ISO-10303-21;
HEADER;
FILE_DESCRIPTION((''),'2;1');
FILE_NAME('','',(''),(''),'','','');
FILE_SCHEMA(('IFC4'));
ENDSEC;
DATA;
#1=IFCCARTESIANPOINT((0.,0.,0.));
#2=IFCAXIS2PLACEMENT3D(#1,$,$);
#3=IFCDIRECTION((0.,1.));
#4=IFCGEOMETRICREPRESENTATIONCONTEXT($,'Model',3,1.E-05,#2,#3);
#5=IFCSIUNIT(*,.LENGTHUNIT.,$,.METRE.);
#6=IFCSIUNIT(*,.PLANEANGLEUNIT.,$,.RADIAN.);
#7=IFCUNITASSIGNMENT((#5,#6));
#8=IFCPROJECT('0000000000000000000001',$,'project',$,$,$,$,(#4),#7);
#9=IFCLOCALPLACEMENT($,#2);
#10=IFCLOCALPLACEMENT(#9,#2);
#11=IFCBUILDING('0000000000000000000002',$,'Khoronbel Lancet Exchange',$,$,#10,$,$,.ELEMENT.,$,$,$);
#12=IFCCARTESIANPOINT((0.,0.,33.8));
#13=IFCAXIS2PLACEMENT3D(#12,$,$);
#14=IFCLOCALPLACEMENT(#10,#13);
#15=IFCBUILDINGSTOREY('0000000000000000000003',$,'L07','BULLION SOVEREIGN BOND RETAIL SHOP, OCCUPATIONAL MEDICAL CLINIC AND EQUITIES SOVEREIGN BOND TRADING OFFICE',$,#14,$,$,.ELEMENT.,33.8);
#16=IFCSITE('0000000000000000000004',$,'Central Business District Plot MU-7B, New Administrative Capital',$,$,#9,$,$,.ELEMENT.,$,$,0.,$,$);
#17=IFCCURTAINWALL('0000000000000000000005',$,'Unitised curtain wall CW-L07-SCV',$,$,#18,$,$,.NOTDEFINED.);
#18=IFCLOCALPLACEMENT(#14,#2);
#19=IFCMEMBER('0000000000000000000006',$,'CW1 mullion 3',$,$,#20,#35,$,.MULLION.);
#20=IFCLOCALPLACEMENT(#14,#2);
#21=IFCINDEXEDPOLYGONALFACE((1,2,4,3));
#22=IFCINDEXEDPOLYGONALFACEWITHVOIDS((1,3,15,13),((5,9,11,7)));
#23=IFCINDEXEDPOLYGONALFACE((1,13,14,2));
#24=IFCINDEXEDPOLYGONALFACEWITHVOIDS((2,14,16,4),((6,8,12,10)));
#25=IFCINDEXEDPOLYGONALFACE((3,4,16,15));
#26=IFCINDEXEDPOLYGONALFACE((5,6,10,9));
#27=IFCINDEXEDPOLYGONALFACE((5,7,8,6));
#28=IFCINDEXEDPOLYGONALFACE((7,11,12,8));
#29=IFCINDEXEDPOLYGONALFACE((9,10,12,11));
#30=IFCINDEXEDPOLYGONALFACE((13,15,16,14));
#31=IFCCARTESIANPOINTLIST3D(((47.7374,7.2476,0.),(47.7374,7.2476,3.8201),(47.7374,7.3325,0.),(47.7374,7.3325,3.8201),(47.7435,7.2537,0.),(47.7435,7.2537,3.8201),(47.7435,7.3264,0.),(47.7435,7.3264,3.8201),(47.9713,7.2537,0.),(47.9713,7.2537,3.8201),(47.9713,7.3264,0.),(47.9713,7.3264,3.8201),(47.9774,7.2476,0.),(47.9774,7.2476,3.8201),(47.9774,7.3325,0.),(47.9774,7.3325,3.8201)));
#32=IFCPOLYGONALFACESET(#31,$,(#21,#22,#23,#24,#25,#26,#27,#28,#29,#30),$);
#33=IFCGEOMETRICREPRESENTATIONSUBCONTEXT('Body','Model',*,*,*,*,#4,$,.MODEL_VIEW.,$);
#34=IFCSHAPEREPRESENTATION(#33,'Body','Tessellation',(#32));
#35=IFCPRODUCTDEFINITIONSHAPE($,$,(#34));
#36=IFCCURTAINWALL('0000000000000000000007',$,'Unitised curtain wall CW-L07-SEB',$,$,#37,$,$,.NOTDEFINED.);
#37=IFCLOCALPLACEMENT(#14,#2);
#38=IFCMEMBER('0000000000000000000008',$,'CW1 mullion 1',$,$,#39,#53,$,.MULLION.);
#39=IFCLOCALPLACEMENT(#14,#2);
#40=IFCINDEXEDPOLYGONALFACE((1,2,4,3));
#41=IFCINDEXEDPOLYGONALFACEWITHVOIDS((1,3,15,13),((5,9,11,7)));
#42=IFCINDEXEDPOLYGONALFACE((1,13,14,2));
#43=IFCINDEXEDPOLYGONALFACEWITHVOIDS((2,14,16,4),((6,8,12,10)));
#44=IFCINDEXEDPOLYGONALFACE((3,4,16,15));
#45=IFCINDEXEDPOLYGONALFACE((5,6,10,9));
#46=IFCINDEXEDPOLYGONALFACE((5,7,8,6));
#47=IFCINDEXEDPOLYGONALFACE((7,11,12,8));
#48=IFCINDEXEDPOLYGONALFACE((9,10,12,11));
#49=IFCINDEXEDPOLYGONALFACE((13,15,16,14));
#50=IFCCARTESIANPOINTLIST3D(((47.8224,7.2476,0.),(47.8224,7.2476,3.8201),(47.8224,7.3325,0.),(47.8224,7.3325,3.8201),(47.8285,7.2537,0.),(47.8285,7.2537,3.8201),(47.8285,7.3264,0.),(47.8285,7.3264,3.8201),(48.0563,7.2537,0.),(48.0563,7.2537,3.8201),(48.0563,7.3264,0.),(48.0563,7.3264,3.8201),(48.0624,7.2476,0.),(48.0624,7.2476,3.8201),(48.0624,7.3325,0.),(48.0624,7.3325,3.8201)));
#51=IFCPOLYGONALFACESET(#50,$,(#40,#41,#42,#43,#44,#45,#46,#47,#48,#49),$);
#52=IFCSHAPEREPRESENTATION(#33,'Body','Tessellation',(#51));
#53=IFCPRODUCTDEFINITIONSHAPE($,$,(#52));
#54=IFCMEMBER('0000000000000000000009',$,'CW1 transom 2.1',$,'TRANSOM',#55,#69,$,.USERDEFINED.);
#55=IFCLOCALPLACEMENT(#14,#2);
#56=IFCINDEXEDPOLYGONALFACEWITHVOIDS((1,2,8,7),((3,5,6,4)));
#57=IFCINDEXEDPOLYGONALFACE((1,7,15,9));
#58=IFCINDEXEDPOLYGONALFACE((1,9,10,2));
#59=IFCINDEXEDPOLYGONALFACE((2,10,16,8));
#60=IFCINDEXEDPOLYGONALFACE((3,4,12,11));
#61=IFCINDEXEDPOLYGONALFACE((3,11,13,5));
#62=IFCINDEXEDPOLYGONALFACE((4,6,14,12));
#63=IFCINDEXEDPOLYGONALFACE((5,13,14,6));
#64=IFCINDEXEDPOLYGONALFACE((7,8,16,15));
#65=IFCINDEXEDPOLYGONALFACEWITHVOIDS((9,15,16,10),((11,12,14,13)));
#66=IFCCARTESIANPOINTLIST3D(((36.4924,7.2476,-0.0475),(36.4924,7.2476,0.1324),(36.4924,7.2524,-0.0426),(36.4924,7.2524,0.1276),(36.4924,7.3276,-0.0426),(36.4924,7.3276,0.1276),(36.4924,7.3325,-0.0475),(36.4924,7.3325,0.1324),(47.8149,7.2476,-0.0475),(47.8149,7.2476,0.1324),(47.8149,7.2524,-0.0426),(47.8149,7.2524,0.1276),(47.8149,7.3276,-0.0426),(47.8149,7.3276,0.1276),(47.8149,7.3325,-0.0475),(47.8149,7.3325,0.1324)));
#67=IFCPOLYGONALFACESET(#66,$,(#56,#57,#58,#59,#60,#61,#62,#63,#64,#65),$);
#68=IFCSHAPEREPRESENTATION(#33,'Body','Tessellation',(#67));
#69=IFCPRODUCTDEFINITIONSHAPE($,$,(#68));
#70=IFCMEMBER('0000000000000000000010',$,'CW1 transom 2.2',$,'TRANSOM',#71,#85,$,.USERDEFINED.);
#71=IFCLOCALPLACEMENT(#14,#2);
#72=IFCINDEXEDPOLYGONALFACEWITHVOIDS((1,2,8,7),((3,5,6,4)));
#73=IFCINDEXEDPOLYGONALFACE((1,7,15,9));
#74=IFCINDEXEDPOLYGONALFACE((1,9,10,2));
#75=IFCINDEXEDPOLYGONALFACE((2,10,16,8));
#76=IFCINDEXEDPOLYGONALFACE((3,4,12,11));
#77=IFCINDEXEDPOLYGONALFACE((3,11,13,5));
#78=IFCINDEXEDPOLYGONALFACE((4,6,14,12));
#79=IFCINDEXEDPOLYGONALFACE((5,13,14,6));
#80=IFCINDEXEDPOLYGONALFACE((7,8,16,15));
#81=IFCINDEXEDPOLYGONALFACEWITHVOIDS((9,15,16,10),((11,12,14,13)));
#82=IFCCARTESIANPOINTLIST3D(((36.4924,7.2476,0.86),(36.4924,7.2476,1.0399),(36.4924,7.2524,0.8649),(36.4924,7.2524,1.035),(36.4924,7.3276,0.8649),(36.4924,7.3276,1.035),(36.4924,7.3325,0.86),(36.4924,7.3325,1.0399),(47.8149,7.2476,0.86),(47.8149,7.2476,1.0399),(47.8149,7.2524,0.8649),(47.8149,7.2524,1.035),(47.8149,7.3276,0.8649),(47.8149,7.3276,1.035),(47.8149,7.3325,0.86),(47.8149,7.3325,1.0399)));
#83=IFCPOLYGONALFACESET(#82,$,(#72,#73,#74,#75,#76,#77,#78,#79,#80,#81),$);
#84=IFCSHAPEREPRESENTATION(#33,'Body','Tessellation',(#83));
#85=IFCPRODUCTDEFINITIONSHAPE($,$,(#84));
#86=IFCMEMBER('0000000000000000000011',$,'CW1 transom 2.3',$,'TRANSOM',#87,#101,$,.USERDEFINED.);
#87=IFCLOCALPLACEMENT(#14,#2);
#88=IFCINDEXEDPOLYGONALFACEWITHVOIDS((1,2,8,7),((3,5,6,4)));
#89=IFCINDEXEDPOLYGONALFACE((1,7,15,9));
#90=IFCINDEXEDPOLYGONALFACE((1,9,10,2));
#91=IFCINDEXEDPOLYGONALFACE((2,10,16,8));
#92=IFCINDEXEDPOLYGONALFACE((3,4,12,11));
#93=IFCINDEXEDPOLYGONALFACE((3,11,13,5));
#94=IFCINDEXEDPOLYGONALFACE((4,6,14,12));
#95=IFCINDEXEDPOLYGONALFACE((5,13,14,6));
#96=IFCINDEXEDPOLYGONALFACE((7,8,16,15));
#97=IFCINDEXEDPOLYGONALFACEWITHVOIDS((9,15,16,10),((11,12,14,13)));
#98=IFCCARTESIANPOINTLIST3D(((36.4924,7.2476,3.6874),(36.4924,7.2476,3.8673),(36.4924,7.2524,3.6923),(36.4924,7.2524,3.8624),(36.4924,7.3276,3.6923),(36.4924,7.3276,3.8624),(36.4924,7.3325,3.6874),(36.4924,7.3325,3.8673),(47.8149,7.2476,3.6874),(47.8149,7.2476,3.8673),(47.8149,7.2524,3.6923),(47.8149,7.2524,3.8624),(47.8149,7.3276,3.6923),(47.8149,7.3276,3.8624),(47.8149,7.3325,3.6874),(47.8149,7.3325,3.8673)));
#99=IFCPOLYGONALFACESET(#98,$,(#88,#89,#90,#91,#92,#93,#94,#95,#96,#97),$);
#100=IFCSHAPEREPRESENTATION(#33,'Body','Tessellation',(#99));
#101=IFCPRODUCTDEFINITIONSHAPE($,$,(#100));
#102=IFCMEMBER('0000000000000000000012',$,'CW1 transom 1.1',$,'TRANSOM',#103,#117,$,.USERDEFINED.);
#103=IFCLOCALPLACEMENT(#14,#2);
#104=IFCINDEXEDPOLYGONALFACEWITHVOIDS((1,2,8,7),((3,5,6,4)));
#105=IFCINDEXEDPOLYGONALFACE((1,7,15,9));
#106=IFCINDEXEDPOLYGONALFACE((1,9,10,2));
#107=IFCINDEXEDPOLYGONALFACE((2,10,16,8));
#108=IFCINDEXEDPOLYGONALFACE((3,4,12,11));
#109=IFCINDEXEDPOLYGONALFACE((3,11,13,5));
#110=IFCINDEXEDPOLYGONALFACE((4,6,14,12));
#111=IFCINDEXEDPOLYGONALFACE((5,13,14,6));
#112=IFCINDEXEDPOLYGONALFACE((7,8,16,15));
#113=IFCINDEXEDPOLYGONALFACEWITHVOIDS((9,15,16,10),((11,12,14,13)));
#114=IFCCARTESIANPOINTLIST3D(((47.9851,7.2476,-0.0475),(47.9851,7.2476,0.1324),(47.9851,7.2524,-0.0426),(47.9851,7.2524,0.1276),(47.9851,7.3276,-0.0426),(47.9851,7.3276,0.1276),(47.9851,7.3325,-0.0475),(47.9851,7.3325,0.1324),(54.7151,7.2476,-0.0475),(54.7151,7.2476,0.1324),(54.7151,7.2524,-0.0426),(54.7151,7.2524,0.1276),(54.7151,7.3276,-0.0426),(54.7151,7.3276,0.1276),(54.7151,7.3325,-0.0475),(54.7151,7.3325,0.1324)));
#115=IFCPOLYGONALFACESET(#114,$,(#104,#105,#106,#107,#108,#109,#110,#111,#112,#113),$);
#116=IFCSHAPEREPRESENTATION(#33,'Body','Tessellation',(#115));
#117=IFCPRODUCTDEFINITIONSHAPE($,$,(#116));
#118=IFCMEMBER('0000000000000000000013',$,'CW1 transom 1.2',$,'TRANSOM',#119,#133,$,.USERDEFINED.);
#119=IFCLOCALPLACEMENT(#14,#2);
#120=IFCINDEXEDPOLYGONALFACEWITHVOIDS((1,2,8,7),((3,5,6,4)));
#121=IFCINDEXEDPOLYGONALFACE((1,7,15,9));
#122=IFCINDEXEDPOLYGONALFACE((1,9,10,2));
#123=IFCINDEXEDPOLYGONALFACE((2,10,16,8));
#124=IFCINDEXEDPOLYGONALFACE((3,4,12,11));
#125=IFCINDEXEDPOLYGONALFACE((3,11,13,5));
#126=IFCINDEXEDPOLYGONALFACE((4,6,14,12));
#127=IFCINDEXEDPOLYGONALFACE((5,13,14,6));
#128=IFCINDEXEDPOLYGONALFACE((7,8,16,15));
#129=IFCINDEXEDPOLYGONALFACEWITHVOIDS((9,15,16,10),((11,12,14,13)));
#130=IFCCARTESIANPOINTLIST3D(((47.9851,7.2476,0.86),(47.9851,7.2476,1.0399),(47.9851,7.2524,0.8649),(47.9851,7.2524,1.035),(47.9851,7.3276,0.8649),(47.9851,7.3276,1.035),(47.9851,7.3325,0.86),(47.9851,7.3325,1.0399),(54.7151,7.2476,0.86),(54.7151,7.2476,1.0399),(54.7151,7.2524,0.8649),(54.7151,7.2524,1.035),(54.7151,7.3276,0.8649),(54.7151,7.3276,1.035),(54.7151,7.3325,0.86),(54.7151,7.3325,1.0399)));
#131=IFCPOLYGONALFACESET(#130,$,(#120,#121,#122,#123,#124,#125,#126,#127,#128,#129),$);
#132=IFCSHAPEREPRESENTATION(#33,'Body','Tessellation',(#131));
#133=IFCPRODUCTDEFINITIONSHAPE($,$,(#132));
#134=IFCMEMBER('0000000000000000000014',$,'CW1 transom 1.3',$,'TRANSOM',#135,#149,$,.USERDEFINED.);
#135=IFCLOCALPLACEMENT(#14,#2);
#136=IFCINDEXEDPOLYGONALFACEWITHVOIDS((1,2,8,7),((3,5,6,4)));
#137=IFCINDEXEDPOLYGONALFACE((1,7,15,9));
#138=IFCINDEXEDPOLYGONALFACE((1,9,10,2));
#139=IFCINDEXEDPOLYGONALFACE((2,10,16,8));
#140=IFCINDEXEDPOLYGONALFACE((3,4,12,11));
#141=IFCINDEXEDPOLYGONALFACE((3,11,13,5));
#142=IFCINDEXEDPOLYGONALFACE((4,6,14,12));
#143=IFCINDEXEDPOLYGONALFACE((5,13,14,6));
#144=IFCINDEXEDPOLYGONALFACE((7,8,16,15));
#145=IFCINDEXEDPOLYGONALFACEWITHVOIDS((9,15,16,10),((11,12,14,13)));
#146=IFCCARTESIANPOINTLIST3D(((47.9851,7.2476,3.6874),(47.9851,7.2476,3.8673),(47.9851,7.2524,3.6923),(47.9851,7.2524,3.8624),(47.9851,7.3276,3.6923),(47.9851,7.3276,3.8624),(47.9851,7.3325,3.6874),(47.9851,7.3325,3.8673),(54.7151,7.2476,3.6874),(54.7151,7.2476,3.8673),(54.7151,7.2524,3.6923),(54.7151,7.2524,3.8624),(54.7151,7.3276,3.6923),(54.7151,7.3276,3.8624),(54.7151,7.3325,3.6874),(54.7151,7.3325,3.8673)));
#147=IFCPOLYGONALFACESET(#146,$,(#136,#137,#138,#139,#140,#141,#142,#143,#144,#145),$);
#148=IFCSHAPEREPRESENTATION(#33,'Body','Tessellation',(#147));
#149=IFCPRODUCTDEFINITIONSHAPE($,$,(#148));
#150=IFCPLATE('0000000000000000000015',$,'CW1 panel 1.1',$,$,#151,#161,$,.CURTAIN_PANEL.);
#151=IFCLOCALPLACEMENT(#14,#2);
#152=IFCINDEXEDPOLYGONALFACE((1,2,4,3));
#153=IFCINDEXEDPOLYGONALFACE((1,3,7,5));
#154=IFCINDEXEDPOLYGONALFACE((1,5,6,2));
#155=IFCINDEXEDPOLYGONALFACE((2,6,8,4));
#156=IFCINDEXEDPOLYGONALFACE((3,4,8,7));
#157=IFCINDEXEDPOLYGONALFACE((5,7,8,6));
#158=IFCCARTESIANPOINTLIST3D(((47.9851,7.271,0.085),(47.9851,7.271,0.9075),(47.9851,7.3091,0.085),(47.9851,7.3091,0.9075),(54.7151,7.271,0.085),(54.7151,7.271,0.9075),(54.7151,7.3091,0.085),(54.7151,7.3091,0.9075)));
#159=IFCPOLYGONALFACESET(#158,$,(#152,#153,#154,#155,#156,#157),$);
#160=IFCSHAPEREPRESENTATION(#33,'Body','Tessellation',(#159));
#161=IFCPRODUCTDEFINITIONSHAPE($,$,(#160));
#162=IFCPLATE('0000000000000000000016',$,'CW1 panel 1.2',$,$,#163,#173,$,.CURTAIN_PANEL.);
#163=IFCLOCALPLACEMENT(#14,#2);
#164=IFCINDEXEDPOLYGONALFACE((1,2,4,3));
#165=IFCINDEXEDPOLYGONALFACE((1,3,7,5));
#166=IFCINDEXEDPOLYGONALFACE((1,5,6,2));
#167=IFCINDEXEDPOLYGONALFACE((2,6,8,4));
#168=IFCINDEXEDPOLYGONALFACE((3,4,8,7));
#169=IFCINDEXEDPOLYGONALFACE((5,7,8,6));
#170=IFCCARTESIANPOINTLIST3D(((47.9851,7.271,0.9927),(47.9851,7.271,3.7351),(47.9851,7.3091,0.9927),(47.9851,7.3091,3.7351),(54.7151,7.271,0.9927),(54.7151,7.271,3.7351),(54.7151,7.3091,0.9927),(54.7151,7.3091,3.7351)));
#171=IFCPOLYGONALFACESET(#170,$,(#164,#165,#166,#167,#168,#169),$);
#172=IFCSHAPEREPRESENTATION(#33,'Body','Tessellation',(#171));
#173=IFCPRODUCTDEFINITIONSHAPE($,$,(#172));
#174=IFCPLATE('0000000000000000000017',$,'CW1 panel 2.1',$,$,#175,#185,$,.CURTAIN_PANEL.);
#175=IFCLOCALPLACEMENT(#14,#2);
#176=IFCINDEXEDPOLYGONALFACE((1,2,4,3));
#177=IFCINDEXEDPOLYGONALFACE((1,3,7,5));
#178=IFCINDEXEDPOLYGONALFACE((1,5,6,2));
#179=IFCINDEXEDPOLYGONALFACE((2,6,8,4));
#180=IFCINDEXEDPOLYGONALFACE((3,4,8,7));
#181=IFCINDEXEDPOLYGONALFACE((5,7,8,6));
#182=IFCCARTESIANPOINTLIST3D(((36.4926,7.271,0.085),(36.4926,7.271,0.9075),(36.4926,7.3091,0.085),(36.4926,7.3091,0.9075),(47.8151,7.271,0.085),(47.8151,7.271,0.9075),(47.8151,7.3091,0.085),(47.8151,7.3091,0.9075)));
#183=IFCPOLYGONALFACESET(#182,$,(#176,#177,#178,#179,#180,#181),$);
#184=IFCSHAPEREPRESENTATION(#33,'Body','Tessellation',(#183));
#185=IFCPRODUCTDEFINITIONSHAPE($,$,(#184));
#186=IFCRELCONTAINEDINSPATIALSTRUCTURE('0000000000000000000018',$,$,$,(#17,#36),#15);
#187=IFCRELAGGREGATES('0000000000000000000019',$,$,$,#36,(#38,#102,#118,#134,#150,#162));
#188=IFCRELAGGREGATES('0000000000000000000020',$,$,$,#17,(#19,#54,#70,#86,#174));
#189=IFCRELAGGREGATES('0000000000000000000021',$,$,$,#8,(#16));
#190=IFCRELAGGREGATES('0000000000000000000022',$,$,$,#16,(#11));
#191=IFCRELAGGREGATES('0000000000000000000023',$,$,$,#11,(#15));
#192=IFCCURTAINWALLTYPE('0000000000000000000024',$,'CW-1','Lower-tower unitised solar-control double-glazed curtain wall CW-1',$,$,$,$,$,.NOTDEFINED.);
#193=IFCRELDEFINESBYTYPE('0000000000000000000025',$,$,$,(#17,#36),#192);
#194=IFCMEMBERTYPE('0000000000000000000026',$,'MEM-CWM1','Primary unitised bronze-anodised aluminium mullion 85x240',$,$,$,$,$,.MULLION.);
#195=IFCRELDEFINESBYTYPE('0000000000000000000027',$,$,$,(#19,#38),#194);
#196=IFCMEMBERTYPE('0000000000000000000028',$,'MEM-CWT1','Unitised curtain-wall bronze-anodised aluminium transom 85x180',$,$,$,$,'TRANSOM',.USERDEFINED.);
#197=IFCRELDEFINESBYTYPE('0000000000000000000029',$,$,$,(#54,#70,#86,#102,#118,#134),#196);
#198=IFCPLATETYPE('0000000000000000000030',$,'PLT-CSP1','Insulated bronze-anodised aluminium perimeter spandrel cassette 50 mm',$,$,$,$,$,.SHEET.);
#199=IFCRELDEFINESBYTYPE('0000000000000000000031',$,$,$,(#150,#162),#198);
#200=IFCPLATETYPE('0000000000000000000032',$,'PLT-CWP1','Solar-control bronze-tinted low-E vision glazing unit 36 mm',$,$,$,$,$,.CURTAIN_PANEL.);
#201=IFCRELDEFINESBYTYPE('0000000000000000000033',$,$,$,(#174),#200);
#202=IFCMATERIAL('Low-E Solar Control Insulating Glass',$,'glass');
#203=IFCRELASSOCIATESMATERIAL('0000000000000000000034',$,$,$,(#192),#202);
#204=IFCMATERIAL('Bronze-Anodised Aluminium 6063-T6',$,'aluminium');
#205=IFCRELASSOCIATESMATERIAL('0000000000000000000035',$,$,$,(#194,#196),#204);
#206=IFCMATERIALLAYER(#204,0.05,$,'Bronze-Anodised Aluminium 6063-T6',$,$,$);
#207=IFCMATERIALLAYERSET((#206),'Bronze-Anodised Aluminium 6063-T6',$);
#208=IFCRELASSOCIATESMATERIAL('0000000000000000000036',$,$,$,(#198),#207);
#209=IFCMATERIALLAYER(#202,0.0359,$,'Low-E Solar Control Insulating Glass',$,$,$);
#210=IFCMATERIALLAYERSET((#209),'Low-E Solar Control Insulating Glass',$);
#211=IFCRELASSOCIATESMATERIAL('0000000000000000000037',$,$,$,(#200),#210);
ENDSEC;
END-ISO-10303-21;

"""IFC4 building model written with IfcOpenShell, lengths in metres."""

from ifc_helpers import new_model, si_unit, direction, frame, origin, origin_2d, place, context, subcontext, project, spatial, rectangle, hollow_rectangle, extrude, material, layer, layer_set, material_profile, profile_set, type_object, element, aggregate, save


model = new_model("IFC4")

# Units and contexts
model_context = context("Model", 3, precision=1e-05, world=origin(), true_north=direction((0.0, 1.0)))
body_context = subcontext(model_context, "Body", "Model", "MODEL_VIEW")
ifc_project = project(units=[si_unit("LENGTHUNIT", "METRE"), si_unit("PLANEANGLEUNIT", "RADIAN")], contexts=[model_context])

# Site, building, storey
site_placement = place(None, origin())
site = spatial("IfcSite", under=ifc_project, at=site_placement, Name="Central Business District Plot MU-7B, New Administrative Capital", CompositionType="ELEMENT", RefElevation=0.0)
building_placement = place(site_placement, origin())
building = spatial("IfcBuilding", under=site, at=building_placement, Name="Khoronbel Lancet Exchange", CompositionType="ELEMENT")
storey_placement = place(building_placement, frame((0.0, 0.0, 33.8)))
storey = spatial("IfcBuildingStorey", under=building, at=storey_placement, Name="L07", Description="BULLION SOVEREIGN BOND RETAIL SHOP, OCCUPATIONAL MEDICAL CLINIC AND EQUITIES SOVEREIGN BOND TRADING OFFICE", CompositionType="ELEMENT", Elevation=33.8)

# Curtain wall, member
ifc_material_1 = material(Name="Low-E Solar Control Insulating Glass", Category="glass")
curtain_wall_type = type_object("IfcCurtainWallType", Name="CW-1", Description="Lower-tower unitised solar-control double-glazed curtain wall CW-1", PredefinedType="NOTDEFINED", material=ifc_material_1)
curtain_wall_1_placement = place(storey_placement, origin())
curtain_wall_1 = element("IfcCurtainWall", 1, at=curtain_wall_1_placement, inside=storey, type_object=curtain_wall_type, Name="Unitised curtain wall CW-L07-SCV", PredefinedType="NOTDEFINED")
ifc_material_2 = material(Name="Bronze-Anodised Aluminium 6063-T6", Category="aluminium")
ifc_material_profile_1 = material_profile(ifc_material_2, hollow_rectangle(XDim=0.085, YDim=0.24, WallThickness=0.0061, at=origin_2d()), Name="ALU MULLION 85x240")
ifc_profile_set_1 = profile_set([ifc_material_profile_1], Name="Bronze-Anodised Aluminium 6063-T6")
member_type_1 = type_object("IfcMemberType", Name="MEM-CWM1", Description="Primary unitised bronze-anodised aluminium mullion 85x240", PredefinedType="MULLION", material=ifc_profile_set_1)
member_1_placement = place(storey_placement, frame((47.8574, 7.29, 0.0), z_axis=(0.0, 0.0, 1.0), x_axis=(0.0, 1.0, 0.0)))
member_1 = element("IfcMember", 2, at=member_1_placement, type_object=member_type_1, Name="CW1 mullion 3", PredefinedType="MULLION", context=body_context, shape_type="SweptSolid", body=[
    extrude(hollow_rectangle(XDim=0.085, YDim=0.24, WallThickness=0.0061, at=origin_2d()), origin(), (0.0, 0.0, 1.0), 3.8201),
])

# Curtain wall, member
curtain_wall_2_placement = place(storey_placement, origin())
curtain_wall_2 = element("IfcCurtainWall", 3, at=curtain_wall_2_placement, inside=storey, type_object=curtain_wall_type, Name="Unitised curtain wall CW-L07-SEB", PredefinedType="NOTDEFINED")
member_2_placement = place(storey_placement, frame((47.9424, 7.29, 0.0), z_axis=(0.0, 0.0, 1.0), x_axis=(0.0, 1.0, 0.0)))
member_2 = element("IfcMember", 4, at=member_2_placement, type_object=member_type_1, Name="CW1 mullion 1", PredefinedType="MULLION", context=body_context, shape_type="SweptSolid", body=[
    extrude(hollow_rectangle(XDim=0.085, YDim=0.24, WallThickness=0.0061, at=origin_2d()), origin(), (0.0, 0.0, 1.0), 3.8201),
])

# Members
ifc_material_profile_2 = material_profile(ifc_material_2, hollow_rectangle(XDim=0.085, YDim=0.1799, WallThickness=0.0049, at=origin_2d()), Name="ALU TRANSOM 85x180")
ifc_profile_set_2 = profile_set([ifc_material_profile_2], Name="Bronze-Anodised Aluminium 6063-T6")
member_type_2 = type_object("IfcMemberType", Name="MEM-CWT1", Description="Unitised curtain-wall bronze-anodised aluminium transom 85x180", ElementType="TRANSOM", PredefinedType="USERDEFINED", material=ifc_profile_set_2)
member_3_placement = place(storey_placement, frame((36.4924, 7.29, 0.0425), z_axis=(1.0, 0.0, 0.0), x_axis=(0.0, 1.0, 0.0)))
member_3 = element("IfcMember", 5, at=member_3_placement, type_object=member_type_2, Name="CW1 transom 2.1", ObjectType="TRANSOM", PredefinedType="USERDEFINED", context=body_context, shape_type="SweptSolid", body=[
    extrude(hollow_rectangle(XDim=0.085, YDim=0.1799, WallThickness=0.0049, at=origin_2d()), origin(), (0.0, 0.0, 1.0), 11.3225),
])
member_4_placement = place(storey_placement, frame((36.4924, 7.29, 0.95), z_axis=(1.0, 0.0, 0.0), x_axis=(0.0, 1.0, 0.0)))
member_4 = element("IfcMember", 6, at=member_4_placement, type_object=member_type_2, Name="CW1 transom 2.2", ObjectType="TRANSOM", PredefinedType="USERDEFINED", context=body_context, shape_type="SweptSolid", body=[
    extrude(hollow_rectangle(XDim=0.085, YDim=0.1799, WallThickness=0.0049, at=origin_2d()), origin(), (0.0, 0.0, 1.0), 11.3225),
])
member_5_placement = place(storey_placement, frame((36.4924, 7.29, 3.7773), z_axis=(1.0, 0.0, 0.0), x_axis=(0.0, 1.0, 0.0)))
member_5 = element("IfcMember", 7, at=member_5_placement, type_object=member_type_2, Name="CW1 transom 2.3", ObjectType="TRANSOM", PredefinedType="USERDEFINED", context=body_context, shape_type="SweptSolid", body=[
    extrude(hollow_rectangle(XDim=0.085, YDim=0.1799, WallThickness=0.0049, at=origin_2d()), origin(), (0.0, 0.0, 1.0), 11.3225),
])
member_6_placement = place(storey_placement, frame((47.9851, 7.29, 0.0425), z_axis=(1.0, 0.0, 0.0), x_axis=(0.0, 1.0, 0.0)))
member_6 = element("IfcMember", 8, at=member_6_placement, type_object=member_type_2, Name="CW1 transom 1.1", ObjectType="TRANSOM", PredefinedType="USERDEFINED", context=body_context, shape_type="SweptSolid", body=[
    extrude(hollow_rectangle(XDim=0.085, YDim=0.1799, WallThickness=0.0049, at=origin_2d()), origin(), (0.0, 0.0, 1.0), 6.73),
])
member_7_placement = place(storey_placement, frame((47.9851, 7.29, 0.95), z_axis=(1.0, 0.0, 0.0), x_axis=(0.0, 1.0, 0.0)))
member_7 = element("IfcMember", 9, at=member_7_placement, type_object=member_type_2, Name="CW1 transom 1.2", ObjectType="TRANSOM", PredefinedType="USERDEFINED", context=body_context, shape_type="SweptSolid", body=[
    extrude(hollow_rectangle(XDim=0.085, YDim=0.1799, WallThickness=0.0049, at=origin_2d()), origin(), (0.0, 0.0, 1.0), 6.73),
])
member_8_placement = place(storey_placement, frame((47.9851, 7.29, 3.7773), z_axis=(1.0, 0.0, 0.0), x_axis=(0.0, 1.0, 0.0)))
member_8 = element("IfcMember", 10, at=member_8_placement, type_object=member_type_2, Name="CW1 transom 1.3", ObjectType="TRANSOM", PredefinedType="USERDEFINED", context=body_context, shape_type="SweptSolid", body=[
    extrude(hollow_rectangle(XDim=0.085, YDim=0.1799, WallThickness=0.0049, at=origin_2d()), origin(), (0.0, 0.0, 1.0), 6.73),
])

# Plates
ifc_layer_1 = layer(ifc_material_2, 0.05, Name="Bronze-Anodised Aluminium 6063-T6")
ifc_layer_set_1 = layer_set([ifc_layer_1], Name="Bronze-Anodised Aluminium 6063-T6")
plate_type_1 = type_object("IfcPlateType", Name="PLT-CSP1", Description="Insulated bronze-anodised aluminium perimeter spandrel cassette 50 mm", PredefinedType="SHEET", material=ifc_layer_set_1)
plate_1_placement = place(storey_placement, frame((51.3501, 7.29, 0.085), z_axis=(0.0, 0.0, 1.0), x_axis=(1.0, 0.0, 0.0)))
plate_1 = element("IfcPlate", 11, at=plate_1_placement, type_object=plate_type_1, Name="CW1 panel 1.1", PredefinedType="CURTAIN_PANEL", context=body_context, shape_type="SweptSolid", body=[
    extrude(rectangle(XDim=6.73, YDim=0.0381, at=origin_2d()), origin(), (0.0, 0.0, 1.0), 0.8225),
])
plate_2_placement = place(storey_placement, frame((51.3501, 7.29, 0.9927), z_axis=(0.0, 0.0, 1.0), x_axis=(1.0, 0.0, 0.0)))
plate_2 = element("IfcPlate", 12, at=plate_2_placement, type_object=plate_type_1, Name="CW1 panel 1.2", PredefinedType="CURTAIN_PANEL", context=body_context, shape_type="SweptSolid", body=[
    extrude(rectangle(XDim=6.73, YDim=0.0381, at=origin_2d()), origin(), (0.0, 0.0, 1.0), 2.7424),
])
aggregate(curtain_wall_2, [member_2, member_6, member_7, member_8, plate_1, plate_2])
ifc_layer_2 = layer(ifc_material_1, 0.0359, Name="Low-E Solar Control Insulating Glass")
ifc_layer_set_2 = layer_set([ifc_layer_2], Name="Low-E Solar Control Insulating Glass")
plate_type_2 = type_object("IfcPlateType", Name="PLT-CWP1", Description="Solar-control bronze-tinted low-E vision glazing unit 36 mm", PredefinedType="CURTAIN_PANEL", material=ifc_layer_set_2)
plate_3_placement = place(storey_placement, frame((42.1538, 7.29, 0.085), z_axis=(0.0, 0.0, 1.0), x_axis=(1.0, 0.0, 0.0)))
plate_3 = element("IfcPlate", 13, at=plate_3_placement, type_object=plate_type_2, Name="CW1 panel 2.1", PredefinedType="CURTAIN_PANEL", context=body_context, shape_type="SweptSolid", body=[
    extrude(rectangle(XDim=11.3225, YDim=0.0381, at=origin_2d()), origin(), (0.0, 0.0, 1.0), 0.8225),
])
aggregate(curtain_wall_1, [member_1, member_3, member_4, member_5, plate_3])

save(model, "model.ifc")
